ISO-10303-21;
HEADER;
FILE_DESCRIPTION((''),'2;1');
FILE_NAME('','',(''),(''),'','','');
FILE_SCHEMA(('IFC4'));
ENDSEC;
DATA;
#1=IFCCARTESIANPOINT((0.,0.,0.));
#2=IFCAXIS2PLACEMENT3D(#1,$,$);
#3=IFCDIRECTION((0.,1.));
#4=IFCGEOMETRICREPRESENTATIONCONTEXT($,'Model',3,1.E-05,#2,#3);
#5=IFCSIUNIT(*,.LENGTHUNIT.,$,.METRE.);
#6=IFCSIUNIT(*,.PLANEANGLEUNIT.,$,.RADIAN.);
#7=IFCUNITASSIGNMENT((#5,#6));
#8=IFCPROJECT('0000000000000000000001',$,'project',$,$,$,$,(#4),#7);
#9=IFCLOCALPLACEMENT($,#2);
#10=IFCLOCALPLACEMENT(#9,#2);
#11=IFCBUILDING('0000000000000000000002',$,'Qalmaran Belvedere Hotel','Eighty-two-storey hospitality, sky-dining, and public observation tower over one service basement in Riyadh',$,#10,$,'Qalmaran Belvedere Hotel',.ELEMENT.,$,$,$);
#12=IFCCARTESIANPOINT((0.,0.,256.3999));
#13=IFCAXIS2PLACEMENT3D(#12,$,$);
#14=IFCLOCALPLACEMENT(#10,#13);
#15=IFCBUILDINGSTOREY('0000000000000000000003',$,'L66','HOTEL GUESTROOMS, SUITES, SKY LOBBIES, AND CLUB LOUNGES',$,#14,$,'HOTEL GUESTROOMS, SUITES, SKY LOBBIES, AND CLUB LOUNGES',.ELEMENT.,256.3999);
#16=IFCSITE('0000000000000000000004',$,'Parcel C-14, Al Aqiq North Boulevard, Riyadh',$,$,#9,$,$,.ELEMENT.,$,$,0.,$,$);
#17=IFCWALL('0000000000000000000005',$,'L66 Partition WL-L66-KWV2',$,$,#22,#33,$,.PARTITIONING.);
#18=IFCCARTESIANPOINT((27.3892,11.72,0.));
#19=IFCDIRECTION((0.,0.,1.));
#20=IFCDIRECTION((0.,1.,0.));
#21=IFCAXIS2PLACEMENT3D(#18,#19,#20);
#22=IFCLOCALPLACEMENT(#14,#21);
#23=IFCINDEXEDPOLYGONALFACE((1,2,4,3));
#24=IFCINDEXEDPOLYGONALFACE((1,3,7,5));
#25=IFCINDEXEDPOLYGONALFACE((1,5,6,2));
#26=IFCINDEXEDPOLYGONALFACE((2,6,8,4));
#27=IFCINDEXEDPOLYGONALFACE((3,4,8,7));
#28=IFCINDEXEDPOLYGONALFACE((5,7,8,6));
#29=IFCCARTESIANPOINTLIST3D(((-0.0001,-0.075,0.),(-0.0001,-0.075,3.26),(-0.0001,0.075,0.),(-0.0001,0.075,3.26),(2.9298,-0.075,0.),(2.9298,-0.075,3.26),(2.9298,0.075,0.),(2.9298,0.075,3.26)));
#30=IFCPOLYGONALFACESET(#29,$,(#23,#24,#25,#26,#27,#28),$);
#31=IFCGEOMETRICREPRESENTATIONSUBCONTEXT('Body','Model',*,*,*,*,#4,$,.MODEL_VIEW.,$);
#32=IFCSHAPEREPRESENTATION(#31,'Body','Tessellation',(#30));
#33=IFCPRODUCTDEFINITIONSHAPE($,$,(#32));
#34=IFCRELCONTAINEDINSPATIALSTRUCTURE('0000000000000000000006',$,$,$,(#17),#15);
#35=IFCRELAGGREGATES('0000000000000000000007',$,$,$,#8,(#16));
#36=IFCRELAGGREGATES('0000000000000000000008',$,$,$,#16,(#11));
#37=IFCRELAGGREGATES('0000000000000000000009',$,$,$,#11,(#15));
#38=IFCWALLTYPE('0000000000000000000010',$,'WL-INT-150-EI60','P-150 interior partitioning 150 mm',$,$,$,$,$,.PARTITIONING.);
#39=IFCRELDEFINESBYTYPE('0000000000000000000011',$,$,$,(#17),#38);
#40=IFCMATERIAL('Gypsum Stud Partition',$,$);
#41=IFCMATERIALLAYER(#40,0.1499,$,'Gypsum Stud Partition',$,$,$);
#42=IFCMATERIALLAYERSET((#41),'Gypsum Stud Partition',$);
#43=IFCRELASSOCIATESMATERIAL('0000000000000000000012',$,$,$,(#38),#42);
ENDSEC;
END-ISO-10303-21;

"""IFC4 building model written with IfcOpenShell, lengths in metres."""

from ifc_helpers import new_model, si_unit, direction, frame, frame_2d, origin, place, context, subcontext, project, spatial, rectangle, extrude, material, layer, layer_set, type_object, element, save


model = new_model("IFC4")

# Units and contexts
model_context = context("Model", 3, precision=1e-05, world=origin(), true_north=direction((0.0, 1.0)))
body_context = subcontext(model_context, "Body", "Model", "MODEL_VIEW")
ifc_project = project(units=[si_unit("LENGTHUNIT", "METRE"), si_unit("PLANEANGLEUNIT", "RADIAN")], contexts=[model_context])

# Site, building, storey
site_placement = place(None, origin())
site = spatial("IfcSite", under=ifc_project, at=site_placement, Name="Parcel C-14, Al Aqiq North Boulevard, Riyadh", CompositionType="ELEMENT", RefElevation=0.0)
building_placement = place(site_placement, origin())
building = spatial("IfcBuilding", under=site, at=building_placement, Name="Qalmaran Belvedere Hotel", Description="Eighty-two-storey hospitality, sky-dining, and public observation tower over one service basement in Riyadh", LongName="Qalmaran Belvedere Hotel", CompositionType="ELEMENT")
storey_placement = place(building_placement, frame((0.0, 0.0, 256.3999)))
storey = spatial("IfcBuildingStorey", under=building, at=storey_placement, Name="L66", Description="HOTEL GUESTROOMS, SUITES, SKY LOBBIES, AND CLUB LOUNGES", LongName="HOTEL GUESTROOMS, SUITES, SKY LOBBIES, AND CLUB LOUNGES", CompositionType="ELEMENT", Elevation=256.3999)

# Wall
ifc_material_1 = material(Name="Gypsum Stud Partition")
ifc_layer_1 = layer(ifc_material_1, 0.1499, Name="Gypsum Stud Partition")
ifc_layer_set_1 = layer_set([ifc_layer_1], Name="Gypsum Stud Partition")
wall_type_1 = type_object("IfcWallType", Name="WL-INT-150-EI60", Description="P-150 interior partitioning 150 mm", PredefinedType="PARTITIONING", material=ifc_layer_set_1)
wall_1_placement = place(storey_placement, frame((27.3892, 11.72, 0.0), z_axis=(0.0, 0.0, 1.0), x_axis=(0.0, 1.0, 0.0)))
element("IfcWall", 1, at=wall_1_placement, inside=storey, type_object=wall_type_1, Name="L66 Partition WL-L66-KWV2", PredefinedType="PARTITIONING", context=body_context, shape_type="SweptSolid", body=[
    extrude(rectangle(XDim=2.9299, YDim=0.1499, at=frame_2d((1.4648, 0.0))), origin(), (0.0, 0.0, 1.0), 3.26),
])

save(model, "model.ifc")
